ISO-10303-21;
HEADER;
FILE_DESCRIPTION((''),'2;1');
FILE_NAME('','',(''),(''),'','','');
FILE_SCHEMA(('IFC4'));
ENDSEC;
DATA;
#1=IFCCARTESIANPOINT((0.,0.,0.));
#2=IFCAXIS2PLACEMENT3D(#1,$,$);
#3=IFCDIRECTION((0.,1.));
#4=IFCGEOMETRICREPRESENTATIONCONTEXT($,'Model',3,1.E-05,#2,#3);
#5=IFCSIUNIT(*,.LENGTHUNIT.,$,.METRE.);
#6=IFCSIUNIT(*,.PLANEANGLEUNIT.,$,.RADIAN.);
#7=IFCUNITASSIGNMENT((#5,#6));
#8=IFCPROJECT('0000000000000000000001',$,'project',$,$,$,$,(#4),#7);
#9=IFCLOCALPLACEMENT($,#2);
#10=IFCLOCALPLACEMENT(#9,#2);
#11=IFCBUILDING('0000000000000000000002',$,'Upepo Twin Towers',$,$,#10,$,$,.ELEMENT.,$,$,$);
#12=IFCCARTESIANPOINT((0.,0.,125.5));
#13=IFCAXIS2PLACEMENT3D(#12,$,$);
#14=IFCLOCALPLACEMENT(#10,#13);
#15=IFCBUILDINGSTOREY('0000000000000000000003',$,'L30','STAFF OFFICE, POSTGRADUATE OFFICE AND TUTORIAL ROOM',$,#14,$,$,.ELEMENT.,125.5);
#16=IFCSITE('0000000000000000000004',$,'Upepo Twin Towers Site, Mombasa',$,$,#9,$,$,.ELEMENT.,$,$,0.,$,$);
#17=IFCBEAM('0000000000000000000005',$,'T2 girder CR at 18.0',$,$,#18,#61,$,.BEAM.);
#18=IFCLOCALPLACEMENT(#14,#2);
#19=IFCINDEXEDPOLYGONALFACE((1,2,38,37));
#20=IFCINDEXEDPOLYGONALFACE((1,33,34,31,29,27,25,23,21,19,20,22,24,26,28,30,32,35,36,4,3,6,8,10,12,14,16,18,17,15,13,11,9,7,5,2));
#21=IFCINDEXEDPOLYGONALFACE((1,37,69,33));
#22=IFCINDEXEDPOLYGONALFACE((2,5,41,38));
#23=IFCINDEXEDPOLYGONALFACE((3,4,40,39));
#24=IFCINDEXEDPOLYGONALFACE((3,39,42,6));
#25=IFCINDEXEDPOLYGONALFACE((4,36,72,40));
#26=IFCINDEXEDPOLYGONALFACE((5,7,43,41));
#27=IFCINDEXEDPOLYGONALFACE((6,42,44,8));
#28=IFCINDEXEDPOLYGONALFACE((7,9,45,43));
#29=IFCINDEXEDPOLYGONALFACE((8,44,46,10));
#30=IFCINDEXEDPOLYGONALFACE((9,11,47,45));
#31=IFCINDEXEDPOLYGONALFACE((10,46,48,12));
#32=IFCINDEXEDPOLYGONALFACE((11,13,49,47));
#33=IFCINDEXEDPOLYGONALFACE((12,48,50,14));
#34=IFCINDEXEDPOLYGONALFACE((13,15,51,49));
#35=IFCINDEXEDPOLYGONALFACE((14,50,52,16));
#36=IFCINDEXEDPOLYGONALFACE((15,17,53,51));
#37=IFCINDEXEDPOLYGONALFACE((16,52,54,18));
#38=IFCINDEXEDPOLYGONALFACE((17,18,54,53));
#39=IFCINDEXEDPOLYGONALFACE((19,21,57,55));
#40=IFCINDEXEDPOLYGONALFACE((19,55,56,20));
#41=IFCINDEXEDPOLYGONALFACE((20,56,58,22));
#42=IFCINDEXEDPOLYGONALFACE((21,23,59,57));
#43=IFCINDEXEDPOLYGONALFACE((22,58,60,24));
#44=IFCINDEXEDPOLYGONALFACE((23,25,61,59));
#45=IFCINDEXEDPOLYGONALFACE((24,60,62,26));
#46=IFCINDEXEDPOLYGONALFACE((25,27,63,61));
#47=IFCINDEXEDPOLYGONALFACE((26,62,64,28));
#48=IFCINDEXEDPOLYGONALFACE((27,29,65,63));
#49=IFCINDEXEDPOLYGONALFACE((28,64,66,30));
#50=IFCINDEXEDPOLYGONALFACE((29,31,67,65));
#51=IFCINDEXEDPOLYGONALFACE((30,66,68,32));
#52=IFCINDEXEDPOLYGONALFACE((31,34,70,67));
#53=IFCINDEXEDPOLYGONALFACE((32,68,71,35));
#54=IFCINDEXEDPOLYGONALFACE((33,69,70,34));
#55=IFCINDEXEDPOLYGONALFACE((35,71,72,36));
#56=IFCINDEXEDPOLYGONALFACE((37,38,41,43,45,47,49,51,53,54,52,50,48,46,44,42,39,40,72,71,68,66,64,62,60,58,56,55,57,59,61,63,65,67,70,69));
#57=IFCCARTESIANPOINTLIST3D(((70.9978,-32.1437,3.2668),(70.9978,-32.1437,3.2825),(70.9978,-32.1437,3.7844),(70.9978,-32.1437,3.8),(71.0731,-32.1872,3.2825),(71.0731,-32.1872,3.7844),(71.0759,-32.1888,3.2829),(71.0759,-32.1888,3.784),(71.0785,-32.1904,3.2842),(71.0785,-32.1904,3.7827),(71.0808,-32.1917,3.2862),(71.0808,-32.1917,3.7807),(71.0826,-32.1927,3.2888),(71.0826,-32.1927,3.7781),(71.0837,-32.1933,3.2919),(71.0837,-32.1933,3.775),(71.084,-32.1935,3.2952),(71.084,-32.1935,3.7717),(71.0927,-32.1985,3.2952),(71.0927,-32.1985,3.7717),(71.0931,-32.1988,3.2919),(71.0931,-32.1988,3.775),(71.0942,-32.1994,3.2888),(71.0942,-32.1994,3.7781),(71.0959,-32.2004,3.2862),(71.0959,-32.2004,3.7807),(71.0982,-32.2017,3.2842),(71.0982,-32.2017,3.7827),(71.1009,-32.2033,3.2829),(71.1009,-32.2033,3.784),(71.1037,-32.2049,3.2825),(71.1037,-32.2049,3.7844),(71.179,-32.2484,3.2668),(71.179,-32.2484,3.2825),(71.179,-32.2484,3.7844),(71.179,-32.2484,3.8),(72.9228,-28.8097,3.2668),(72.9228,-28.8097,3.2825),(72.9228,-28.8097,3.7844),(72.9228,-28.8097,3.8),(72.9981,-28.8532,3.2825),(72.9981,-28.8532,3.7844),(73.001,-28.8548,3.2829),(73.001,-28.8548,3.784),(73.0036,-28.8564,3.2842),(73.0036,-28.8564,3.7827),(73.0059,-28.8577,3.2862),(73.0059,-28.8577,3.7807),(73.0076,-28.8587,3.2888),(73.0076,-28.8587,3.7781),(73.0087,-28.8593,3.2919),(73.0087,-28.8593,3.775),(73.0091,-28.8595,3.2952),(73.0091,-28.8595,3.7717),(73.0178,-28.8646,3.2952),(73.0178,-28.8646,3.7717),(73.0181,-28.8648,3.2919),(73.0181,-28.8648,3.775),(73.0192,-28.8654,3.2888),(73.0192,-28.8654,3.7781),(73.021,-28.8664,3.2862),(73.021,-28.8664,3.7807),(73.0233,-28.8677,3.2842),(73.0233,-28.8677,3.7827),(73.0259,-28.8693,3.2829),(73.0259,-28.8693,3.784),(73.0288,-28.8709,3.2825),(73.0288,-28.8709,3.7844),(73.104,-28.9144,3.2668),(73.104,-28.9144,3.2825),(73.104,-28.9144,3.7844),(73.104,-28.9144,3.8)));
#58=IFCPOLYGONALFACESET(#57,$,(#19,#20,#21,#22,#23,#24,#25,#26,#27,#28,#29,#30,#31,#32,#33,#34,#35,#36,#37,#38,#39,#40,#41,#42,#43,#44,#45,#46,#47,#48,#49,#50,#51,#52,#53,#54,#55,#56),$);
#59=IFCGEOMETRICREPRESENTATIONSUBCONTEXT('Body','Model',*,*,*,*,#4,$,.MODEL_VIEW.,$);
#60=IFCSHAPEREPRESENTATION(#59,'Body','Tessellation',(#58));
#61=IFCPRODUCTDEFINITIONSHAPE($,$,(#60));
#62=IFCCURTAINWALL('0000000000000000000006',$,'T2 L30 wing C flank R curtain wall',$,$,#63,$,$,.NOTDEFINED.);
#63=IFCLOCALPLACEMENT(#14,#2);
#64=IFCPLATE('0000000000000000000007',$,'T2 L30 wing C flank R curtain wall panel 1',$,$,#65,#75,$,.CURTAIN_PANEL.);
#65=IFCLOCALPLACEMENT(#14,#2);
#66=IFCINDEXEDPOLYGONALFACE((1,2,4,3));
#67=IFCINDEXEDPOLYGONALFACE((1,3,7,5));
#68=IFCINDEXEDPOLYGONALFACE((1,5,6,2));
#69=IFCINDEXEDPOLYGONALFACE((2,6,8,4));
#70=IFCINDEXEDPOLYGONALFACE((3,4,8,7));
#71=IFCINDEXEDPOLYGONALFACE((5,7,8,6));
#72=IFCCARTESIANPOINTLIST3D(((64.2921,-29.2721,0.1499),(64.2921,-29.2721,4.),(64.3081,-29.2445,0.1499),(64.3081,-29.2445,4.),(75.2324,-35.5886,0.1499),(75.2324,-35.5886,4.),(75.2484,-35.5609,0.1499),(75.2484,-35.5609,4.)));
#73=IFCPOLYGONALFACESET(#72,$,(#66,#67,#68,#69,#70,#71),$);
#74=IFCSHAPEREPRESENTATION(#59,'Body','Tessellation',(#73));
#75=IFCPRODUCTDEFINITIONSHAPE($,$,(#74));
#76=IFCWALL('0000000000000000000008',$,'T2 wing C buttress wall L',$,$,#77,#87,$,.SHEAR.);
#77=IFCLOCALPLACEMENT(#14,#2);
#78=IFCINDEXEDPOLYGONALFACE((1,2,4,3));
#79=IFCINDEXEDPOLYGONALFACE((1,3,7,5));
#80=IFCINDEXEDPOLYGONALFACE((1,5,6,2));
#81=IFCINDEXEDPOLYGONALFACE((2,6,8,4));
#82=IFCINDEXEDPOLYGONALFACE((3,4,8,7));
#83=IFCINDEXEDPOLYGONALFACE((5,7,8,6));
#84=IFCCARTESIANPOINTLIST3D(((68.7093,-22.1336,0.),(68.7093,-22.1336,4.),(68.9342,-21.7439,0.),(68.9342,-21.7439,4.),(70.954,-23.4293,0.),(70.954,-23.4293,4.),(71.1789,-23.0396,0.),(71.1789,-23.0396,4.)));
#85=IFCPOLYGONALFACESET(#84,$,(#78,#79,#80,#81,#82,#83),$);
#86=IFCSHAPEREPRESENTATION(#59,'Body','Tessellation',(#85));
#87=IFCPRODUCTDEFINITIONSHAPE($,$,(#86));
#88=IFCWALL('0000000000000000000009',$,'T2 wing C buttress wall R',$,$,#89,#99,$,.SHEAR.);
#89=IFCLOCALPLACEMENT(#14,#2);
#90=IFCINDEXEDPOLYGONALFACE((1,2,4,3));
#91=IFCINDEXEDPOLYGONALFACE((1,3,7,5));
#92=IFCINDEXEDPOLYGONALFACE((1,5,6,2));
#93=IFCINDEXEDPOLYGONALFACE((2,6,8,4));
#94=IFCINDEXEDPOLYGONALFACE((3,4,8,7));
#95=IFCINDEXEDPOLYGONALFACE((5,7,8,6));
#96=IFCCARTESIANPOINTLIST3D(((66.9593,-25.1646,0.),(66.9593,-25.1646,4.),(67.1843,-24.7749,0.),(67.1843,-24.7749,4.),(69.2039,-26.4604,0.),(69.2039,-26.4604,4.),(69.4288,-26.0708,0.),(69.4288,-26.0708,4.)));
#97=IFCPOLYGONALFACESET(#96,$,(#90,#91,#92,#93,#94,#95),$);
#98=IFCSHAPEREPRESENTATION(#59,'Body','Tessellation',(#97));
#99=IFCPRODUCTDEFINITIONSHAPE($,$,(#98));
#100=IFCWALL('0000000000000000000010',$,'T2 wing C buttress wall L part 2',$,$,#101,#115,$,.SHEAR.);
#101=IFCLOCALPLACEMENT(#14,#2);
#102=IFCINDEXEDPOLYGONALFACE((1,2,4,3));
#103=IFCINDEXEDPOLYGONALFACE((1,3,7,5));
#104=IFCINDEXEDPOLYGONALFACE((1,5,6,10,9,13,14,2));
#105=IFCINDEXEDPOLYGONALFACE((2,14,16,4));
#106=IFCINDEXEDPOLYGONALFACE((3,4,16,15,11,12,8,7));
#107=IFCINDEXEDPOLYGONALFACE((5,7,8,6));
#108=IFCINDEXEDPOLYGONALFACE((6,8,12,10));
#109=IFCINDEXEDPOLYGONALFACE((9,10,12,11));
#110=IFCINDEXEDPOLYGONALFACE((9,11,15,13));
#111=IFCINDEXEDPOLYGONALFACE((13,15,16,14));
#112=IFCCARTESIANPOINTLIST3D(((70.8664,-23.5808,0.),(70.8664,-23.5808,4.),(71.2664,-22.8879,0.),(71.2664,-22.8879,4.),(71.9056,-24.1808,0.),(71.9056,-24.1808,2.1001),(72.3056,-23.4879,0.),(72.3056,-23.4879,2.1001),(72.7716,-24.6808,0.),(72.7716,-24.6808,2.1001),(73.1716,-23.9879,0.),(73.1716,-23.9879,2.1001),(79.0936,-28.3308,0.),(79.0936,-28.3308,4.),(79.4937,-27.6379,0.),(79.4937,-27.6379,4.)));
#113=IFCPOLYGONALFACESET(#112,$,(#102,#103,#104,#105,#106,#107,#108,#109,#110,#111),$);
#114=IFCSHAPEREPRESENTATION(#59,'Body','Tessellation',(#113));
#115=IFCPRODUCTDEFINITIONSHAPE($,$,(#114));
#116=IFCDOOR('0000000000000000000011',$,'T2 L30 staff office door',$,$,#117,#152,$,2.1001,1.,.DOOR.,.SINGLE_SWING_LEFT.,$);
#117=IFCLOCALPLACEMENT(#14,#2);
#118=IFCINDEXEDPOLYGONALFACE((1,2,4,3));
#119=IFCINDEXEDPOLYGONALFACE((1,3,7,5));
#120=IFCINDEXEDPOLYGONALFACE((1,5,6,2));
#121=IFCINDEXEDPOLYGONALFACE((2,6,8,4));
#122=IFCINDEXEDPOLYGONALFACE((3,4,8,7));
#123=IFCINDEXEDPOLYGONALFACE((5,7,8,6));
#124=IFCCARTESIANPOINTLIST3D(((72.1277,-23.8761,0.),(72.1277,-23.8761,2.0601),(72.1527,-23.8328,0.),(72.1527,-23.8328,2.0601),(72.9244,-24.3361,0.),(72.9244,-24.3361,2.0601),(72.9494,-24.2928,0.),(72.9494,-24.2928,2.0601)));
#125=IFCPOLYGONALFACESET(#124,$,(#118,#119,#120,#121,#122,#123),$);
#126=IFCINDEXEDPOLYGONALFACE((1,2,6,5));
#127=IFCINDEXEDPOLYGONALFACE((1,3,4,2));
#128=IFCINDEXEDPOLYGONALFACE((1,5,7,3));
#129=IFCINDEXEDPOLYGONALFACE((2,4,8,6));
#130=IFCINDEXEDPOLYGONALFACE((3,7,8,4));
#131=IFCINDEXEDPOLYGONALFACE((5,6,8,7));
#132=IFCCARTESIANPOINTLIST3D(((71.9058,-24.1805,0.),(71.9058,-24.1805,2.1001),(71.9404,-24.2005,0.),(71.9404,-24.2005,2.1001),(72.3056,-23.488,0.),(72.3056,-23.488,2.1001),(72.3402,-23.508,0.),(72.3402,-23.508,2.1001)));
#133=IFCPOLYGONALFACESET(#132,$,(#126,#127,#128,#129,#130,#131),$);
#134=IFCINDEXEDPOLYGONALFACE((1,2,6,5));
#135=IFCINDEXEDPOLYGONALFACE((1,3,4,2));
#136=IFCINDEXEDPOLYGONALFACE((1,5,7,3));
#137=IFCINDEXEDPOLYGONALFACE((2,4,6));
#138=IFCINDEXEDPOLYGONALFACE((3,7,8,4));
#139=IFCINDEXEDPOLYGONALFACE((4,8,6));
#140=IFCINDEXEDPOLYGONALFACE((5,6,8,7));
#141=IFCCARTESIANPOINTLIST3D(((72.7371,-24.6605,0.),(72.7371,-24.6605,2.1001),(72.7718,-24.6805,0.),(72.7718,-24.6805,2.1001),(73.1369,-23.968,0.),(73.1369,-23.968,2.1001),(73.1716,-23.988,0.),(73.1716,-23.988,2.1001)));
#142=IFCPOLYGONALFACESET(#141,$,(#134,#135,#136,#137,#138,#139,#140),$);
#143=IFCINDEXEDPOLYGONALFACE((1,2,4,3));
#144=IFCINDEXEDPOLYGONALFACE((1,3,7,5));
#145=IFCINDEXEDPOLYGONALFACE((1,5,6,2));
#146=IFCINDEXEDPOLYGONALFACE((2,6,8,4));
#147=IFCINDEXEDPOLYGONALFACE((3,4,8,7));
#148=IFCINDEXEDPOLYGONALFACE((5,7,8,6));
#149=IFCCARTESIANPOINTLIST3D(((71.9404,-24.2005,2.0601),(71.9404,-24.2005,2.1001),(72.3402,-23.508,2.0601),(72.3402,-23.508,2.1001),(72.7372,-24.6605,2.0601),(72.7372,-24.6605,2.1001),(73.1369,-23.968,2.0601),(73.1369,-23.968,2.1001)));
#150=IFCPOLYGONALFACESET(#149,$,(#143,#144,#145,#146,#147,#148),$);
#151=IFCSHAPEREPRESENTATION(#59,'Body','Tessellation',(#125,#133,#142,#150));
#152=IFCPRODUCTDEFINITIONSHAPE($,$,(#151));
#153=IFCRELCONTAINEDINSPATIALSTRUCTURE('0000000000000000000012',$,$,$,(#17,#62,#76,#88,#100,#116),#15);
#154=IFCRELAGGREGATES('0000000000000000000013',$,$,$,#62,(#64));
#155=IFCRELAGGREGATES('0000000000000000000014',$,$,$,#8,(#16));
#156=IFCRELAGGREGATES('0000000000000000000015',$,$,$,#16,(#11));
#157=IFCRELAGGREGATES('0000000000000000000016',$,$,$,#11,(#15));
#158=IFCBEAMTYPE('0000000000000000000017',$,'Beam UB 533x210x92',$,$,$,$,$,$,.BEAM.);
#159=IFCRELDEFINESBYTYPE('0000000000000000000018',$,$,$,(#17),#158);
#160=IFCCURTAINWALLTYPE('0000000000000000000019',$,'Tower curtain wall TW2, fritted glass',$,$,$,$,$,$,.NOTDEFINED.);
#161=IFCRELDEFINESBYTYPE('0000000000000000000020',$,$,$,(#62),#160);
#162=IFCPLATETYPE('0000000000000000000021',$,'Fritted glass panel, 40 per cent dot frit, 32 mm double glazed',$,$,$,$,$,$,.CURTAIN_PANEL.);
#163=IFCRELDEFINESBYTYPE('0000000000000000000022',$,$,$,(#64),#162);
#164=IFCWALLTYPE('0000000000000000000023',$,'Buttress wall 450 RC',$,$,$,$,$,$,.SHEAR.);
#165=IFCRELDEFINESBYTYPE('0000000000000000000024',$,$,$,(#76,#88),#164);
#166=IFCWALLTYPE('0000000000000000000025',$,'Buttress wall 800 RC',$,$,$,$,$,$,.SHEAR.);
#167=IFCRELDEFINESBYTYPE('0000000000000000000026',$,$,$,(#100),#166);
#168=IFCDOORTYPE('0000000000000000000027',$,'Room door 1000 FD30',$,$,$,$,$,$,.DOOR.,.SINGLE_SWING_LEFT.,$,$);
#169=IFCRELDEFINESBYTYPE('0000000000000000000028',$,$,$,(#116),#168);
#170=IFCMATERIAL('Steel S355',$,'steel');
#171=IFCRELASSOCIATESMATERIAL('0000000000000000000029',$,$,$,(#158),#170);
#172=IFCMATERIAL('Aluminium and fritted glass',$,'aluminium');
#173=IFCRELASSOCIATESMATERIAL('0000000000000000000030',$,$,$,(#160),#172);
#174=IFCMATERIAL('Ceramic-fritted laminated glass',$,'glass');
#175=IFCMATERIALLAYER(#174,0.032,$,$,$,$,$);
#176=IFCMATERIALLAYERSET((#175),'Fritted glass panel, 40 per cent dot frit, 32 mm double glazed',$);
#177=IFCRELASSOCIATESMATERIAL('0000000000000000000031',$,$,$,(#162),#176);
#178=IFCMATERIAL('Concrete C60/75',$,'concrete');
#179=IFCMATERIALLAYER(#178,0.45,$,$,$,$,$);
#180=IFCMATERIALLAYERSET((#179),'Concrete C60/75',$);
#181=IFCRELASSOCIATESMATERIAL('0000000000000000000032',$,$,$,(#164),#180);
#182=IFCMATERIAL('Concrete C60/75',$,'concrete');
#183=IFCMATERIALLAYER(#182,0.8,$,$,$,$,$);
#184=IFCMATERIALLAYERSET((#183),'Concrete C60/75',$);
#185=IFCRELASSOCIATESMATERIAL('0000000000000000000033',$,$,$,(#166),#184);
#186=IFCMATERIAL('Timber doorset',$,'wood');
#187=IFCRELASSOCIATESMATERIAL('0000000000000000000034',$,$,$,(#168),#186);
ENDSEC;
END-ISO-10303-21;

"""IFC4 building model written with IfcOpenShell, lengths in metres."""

from ifc_helpers import new_model, si_unit, direction, frame, frame_2d, origin, origin_2d, place, context, subcontext, project, spatial, rectangle, i_section, extrude, material, layer, layer_set, material_profile, profile_set, type_object, element, fill, aggregate, save


model = new_model("IFC4")

# Units and contexts
model_context = context("Model", 3, precision=1e-05, world=origin(), true_north=direction((0.0, 1.0)))
body_context = subcontext(model_context, "Body", "Model", "MODEL_VIEW")
ifc_project = project(units=[si_unit("LENGTHUNIT", "METRE"), si_unit("PLANEANGLEUNIT", "RADIAN")], contexts=[model_context])

# Site, building, storey
site_placement = place(None, origin())
site = spatial("IfcSite", under=ifc_project, at=site_placement, Name="Upepo Twin Towers Site, Mombasa", CompositionType="ELEMENT", RefElevation=0.0)
building_placement = place(site_placement, origin())
building = spatial("IfcBuilding", under=site, at=building_placement, Name="Upepo Twin Towers", CompositionType="ELEMENT")
storey_placement = place(building_placement, frame((0.0, 0.0, 125.5)))
storey = spatial("IfcBuildingStorey", under=building, at=storey_placement, Name="L30", Description="STAFF OFFICE, POSTGRADUATE OFFICE AND TUTORIAL ROOM", CompositionType="ELEMENT", Elevation=125.5)

# Beam
ifc_material_1 = material(Name="Steel S355", Category="steel")
ifc_material_profile_1 = material_profile(ifc_material_1, i_section(OverallWidth=0.2092, OverallDepth=0.5332, WebThickness=0.01, FlangeThickness=0.0156, FilletRadius=0.0127, at=origin_2d()), Name="UB 533x210x92")
ifc_profile_set_1 = profile_set([ifc_material_profile_1], Name="Steel S355")
beam_type_1 = type_object("IfcBeamType", Name="Beam UB 533x210x92", PredefinedType="BEAM", material=ifc_profile_set_1)
for number, where, z_axis, x_axis, name in (
    (1, (71.0884, -32.196, 3.5334), (0.500034, 0.866006, 0.0), (-0.866006, 0.500034, 0.0), "T2 girder CR at 18.0"),
):
    element("IfcBeam", number, at=place(storey_placement, frame(where, z_axis=z_axis, x_axis=x_axis)), inside=storey, type_object=beam_type_1, Name=name, PredefinedType="BEAM", context=body_context, shape_type="SweptSolid", body=[
        extrude(i_section(OverallWidth=0.2092, OverallDepth=0.5332, WebThickness=0.01, FlangeThickness=0.0156, FilletRadius=0.0127, at=origin_2d()), origin(), (0.0, 0.0, 1.0), 3.8499),
    ])

# Curtain wall, plate
ifc_material_2 = material(Name="Aluminium and fritted glass", Category="aluminium")
curtain_wall_type = type_object("IfcCurtainWallType", Name="Tower curtain wall TW2, fritted glass", PredefinedType="NOTDEFINED", material=ifc_material_2)
curtain_wall_placement = place(storey_placement, origin())
curtain_wall = element("IfcCurtainWall", 2, at=curtain_wall_placement, inside=storey, type_object=curtain_wall_type, Name="T2 L30 wing C flank R curtain wall", PredefinedType="NOTDEFINED")
ifc_material_3 = material(Name="Ceramic-fritted laminated glass", Category="glass")
ifc_layer_1 = layer(ifc_material_3, 0.032)
ifc_layer_set_1 = layer_set([ifc_layer_1], Name="Fritted glass panel, 40 per cent dot frit, 32 mm double glazed")
plate_type = type_object("IfcPlateType", Name="Fritted glass panel, 40 per cent dot frit, 32 mm double glazed", PredefinedType="CURTAIN_PANEL", material=ifc_layer_set_1)
plate_placement = place(storey_placement, frame((69.7703, -32.4165, 0.1499), z_axis=(0.0, 0.0, 1.0), x_axis=(-0.866025, 0.5, 0.0)))
plate = element("IfcPlate", 3, at=plate_placement, type_object=plate_type, Name="T2 L30 wing C flank R curtain wall panel 1", PredefinedType="CURTAIN_PANEL", context=body_context, shape_type="SweptSolid", body=[
    extrude(rectangle(XDim=12.6328, YDim=0.032, at=origin_2d()), origin(), (0.0, 0.0, 1.0), 3.8501),
])
aggregate(curtain_wall, [plate])

# Walls
ifc_material_4 = material(Name="Concrete C60/75", Category="concrete")
ifc_layer_2 = layer(ifc_material_4, 0.45)
ifc_layer_set_2 = layer_set([ifc_layer_2], Name="Concrete C60/75")
wall_type_1 = type_object("IfcWallType", Name="Buttress wall 450 RC", PredefinedType="SHEAR", material=ifc_layer_set_2)
for number, where, z_axis, x_axis, name in (
    (4, (68.8218, -21.9387, 0.0), (0.0, 0.0, 1.0), (0.866073, -0.499918, 0.0), "T2 wing C buttress wall L"),
    (5, (67.0718, -24.9697, 0.0), (0.0, 0.0, 1.0), (0.866032, -0.499989, 0.0), "T2 wing C buttress wall R"),
):
    element("IfcWall", number, at=place(storey_placement, frame(where, z_axis=z_axis, x_axis=x_axis)), inside=storey, type_object=wall_type_1, Name=name, PredefinedType="SHEAR", context=body_context, shape_type="SweptSolid", body=[
        extrude(rectangle(XDim=2.5918, YDim=0.45, at=frame_2d((1.2959, 0.0))), origin(), (0.0, 0.0, 1.0), 4.0),
    ])

# Wall, opening, door
ifc_material_5 = material(Name="Concrete C60/75", Category="concrete")
ifc_layer_3 = layer(ifc_material_5, 0.8)
ifc_layer_set_3 = layer_set([ifc_layer_3], Name="Concrete C60/75")
wall_type_2 = type_object("IfcWallType", Name="Buttress wall 800 RC", PredefinedType="SHEAR", material=ifc_layer_set_3)
wall_1_placement = place(storey_placement, frame((71.0664, -23.2344, 0.0), z_axis=(0.0, 0.0, 1.0), x_axis=(0.866027, -0.499998, 0.0)))
wall_1 = element("IfcWall", 6, at=wall_1_placement, inside=storey, type_object=wall_type_2, Name="T2 wing C buttress wall L part 2", PredefinedType="SHEAR", context=body_context, shape_type="SweptSolid", body=[
    extrude(rectangle(XDim=9.5, YDim=0.8, at=frame_2d((4.75, 0.0))), origin(), (0.0, 0.0, 1.0), 4.0),
])
opening_1_placement = place(wall_1_placement, frame((1.2, 0.0, 0.0)))
opening_1 = element("IfcOpeningElement", 7, at=opening_1_placement, cuts=wall_1, PredefinedType="OPENING", context=body_context, shape_type="SweptSolid", body=[
    extrude(rectangle(XDim=1.0, YDim=2.1001, at=frame_2d((0.5, 1.05))), frame((0.0, 0.4099, 0.0), z_axis=(0.0, -1.0, 0.0), x_axis=(1.0, 0.0, 0.0)), (0.0, 0.0, 1.0), 0.8201),
])
ifc_material_6 = material(Name="Timber doorset", Category="wood")
door_type_1 = type_object("IfcDoorType", Name="Room door 1000 FD30", OperationType="SINGLE_SWING_LEFT", PredefinedType="DOOR", material=ifc_material_6)
door_1_placement = place(opening_1_placement, origin())
door_1 = element("IfcDoor", 8, at=door_1_placement, inside=storey, type_object=door_type_1, Name="T2 L30 staff office door", OperationType="SINGLE_SWING_LEFT", OverallHeight=2.1001, OverallWidth=1.0, PredefinedType="DOOR", context=body_context, shape_type="SweptSolid", body=[
    extrude(rectangle(XDim=0.92, YDim=2.0601, at=frame_2d((0.5, 1.03))), frame((0.0, 0.0249, 0.0), z_axis=(0.0, -1.0, 0.0), x_axis=(1.0, 0.0, 0.0)), (0.0, 0.0, 1.0), 0.05),
    extrude(rectangle(XDim=0.04, YDim=2.1001, at=frame_2d((0.02, 1.05))), frame((0.0, 0.3999, 0.0), z_axis=(0.0, -1.0, 0.0), x_axis=(1.0, 0.0, 0.0)), (0.0, 0.0, 1.0), 0.7996),
    extrude(rectangle(XDim=0.04, YDim=2.1001, at=frame_2d((0.98, 1.05))), frame((0.0, 0.3999, 0.0), z_axis=(0.0, -1.0, 0.0), x_axis=(1.0, 0.0, 0.0)), (0.0, 0.0, 1.0), 0.7996),
    extrude(rectangle(XDim=0.92, YDim=0.04, at=frame_2d((0.5, 2.0801))), frame((0.0, 0.3999, 0.0), z_axis=(0.0, -1.0, 0.0), x_axis=(1.0, 0.0, 0.0)), (0.0, 0.0, 1.0), 0.7996),
])
fill(opening_1, door_1)

save(model, "model.ifc")
